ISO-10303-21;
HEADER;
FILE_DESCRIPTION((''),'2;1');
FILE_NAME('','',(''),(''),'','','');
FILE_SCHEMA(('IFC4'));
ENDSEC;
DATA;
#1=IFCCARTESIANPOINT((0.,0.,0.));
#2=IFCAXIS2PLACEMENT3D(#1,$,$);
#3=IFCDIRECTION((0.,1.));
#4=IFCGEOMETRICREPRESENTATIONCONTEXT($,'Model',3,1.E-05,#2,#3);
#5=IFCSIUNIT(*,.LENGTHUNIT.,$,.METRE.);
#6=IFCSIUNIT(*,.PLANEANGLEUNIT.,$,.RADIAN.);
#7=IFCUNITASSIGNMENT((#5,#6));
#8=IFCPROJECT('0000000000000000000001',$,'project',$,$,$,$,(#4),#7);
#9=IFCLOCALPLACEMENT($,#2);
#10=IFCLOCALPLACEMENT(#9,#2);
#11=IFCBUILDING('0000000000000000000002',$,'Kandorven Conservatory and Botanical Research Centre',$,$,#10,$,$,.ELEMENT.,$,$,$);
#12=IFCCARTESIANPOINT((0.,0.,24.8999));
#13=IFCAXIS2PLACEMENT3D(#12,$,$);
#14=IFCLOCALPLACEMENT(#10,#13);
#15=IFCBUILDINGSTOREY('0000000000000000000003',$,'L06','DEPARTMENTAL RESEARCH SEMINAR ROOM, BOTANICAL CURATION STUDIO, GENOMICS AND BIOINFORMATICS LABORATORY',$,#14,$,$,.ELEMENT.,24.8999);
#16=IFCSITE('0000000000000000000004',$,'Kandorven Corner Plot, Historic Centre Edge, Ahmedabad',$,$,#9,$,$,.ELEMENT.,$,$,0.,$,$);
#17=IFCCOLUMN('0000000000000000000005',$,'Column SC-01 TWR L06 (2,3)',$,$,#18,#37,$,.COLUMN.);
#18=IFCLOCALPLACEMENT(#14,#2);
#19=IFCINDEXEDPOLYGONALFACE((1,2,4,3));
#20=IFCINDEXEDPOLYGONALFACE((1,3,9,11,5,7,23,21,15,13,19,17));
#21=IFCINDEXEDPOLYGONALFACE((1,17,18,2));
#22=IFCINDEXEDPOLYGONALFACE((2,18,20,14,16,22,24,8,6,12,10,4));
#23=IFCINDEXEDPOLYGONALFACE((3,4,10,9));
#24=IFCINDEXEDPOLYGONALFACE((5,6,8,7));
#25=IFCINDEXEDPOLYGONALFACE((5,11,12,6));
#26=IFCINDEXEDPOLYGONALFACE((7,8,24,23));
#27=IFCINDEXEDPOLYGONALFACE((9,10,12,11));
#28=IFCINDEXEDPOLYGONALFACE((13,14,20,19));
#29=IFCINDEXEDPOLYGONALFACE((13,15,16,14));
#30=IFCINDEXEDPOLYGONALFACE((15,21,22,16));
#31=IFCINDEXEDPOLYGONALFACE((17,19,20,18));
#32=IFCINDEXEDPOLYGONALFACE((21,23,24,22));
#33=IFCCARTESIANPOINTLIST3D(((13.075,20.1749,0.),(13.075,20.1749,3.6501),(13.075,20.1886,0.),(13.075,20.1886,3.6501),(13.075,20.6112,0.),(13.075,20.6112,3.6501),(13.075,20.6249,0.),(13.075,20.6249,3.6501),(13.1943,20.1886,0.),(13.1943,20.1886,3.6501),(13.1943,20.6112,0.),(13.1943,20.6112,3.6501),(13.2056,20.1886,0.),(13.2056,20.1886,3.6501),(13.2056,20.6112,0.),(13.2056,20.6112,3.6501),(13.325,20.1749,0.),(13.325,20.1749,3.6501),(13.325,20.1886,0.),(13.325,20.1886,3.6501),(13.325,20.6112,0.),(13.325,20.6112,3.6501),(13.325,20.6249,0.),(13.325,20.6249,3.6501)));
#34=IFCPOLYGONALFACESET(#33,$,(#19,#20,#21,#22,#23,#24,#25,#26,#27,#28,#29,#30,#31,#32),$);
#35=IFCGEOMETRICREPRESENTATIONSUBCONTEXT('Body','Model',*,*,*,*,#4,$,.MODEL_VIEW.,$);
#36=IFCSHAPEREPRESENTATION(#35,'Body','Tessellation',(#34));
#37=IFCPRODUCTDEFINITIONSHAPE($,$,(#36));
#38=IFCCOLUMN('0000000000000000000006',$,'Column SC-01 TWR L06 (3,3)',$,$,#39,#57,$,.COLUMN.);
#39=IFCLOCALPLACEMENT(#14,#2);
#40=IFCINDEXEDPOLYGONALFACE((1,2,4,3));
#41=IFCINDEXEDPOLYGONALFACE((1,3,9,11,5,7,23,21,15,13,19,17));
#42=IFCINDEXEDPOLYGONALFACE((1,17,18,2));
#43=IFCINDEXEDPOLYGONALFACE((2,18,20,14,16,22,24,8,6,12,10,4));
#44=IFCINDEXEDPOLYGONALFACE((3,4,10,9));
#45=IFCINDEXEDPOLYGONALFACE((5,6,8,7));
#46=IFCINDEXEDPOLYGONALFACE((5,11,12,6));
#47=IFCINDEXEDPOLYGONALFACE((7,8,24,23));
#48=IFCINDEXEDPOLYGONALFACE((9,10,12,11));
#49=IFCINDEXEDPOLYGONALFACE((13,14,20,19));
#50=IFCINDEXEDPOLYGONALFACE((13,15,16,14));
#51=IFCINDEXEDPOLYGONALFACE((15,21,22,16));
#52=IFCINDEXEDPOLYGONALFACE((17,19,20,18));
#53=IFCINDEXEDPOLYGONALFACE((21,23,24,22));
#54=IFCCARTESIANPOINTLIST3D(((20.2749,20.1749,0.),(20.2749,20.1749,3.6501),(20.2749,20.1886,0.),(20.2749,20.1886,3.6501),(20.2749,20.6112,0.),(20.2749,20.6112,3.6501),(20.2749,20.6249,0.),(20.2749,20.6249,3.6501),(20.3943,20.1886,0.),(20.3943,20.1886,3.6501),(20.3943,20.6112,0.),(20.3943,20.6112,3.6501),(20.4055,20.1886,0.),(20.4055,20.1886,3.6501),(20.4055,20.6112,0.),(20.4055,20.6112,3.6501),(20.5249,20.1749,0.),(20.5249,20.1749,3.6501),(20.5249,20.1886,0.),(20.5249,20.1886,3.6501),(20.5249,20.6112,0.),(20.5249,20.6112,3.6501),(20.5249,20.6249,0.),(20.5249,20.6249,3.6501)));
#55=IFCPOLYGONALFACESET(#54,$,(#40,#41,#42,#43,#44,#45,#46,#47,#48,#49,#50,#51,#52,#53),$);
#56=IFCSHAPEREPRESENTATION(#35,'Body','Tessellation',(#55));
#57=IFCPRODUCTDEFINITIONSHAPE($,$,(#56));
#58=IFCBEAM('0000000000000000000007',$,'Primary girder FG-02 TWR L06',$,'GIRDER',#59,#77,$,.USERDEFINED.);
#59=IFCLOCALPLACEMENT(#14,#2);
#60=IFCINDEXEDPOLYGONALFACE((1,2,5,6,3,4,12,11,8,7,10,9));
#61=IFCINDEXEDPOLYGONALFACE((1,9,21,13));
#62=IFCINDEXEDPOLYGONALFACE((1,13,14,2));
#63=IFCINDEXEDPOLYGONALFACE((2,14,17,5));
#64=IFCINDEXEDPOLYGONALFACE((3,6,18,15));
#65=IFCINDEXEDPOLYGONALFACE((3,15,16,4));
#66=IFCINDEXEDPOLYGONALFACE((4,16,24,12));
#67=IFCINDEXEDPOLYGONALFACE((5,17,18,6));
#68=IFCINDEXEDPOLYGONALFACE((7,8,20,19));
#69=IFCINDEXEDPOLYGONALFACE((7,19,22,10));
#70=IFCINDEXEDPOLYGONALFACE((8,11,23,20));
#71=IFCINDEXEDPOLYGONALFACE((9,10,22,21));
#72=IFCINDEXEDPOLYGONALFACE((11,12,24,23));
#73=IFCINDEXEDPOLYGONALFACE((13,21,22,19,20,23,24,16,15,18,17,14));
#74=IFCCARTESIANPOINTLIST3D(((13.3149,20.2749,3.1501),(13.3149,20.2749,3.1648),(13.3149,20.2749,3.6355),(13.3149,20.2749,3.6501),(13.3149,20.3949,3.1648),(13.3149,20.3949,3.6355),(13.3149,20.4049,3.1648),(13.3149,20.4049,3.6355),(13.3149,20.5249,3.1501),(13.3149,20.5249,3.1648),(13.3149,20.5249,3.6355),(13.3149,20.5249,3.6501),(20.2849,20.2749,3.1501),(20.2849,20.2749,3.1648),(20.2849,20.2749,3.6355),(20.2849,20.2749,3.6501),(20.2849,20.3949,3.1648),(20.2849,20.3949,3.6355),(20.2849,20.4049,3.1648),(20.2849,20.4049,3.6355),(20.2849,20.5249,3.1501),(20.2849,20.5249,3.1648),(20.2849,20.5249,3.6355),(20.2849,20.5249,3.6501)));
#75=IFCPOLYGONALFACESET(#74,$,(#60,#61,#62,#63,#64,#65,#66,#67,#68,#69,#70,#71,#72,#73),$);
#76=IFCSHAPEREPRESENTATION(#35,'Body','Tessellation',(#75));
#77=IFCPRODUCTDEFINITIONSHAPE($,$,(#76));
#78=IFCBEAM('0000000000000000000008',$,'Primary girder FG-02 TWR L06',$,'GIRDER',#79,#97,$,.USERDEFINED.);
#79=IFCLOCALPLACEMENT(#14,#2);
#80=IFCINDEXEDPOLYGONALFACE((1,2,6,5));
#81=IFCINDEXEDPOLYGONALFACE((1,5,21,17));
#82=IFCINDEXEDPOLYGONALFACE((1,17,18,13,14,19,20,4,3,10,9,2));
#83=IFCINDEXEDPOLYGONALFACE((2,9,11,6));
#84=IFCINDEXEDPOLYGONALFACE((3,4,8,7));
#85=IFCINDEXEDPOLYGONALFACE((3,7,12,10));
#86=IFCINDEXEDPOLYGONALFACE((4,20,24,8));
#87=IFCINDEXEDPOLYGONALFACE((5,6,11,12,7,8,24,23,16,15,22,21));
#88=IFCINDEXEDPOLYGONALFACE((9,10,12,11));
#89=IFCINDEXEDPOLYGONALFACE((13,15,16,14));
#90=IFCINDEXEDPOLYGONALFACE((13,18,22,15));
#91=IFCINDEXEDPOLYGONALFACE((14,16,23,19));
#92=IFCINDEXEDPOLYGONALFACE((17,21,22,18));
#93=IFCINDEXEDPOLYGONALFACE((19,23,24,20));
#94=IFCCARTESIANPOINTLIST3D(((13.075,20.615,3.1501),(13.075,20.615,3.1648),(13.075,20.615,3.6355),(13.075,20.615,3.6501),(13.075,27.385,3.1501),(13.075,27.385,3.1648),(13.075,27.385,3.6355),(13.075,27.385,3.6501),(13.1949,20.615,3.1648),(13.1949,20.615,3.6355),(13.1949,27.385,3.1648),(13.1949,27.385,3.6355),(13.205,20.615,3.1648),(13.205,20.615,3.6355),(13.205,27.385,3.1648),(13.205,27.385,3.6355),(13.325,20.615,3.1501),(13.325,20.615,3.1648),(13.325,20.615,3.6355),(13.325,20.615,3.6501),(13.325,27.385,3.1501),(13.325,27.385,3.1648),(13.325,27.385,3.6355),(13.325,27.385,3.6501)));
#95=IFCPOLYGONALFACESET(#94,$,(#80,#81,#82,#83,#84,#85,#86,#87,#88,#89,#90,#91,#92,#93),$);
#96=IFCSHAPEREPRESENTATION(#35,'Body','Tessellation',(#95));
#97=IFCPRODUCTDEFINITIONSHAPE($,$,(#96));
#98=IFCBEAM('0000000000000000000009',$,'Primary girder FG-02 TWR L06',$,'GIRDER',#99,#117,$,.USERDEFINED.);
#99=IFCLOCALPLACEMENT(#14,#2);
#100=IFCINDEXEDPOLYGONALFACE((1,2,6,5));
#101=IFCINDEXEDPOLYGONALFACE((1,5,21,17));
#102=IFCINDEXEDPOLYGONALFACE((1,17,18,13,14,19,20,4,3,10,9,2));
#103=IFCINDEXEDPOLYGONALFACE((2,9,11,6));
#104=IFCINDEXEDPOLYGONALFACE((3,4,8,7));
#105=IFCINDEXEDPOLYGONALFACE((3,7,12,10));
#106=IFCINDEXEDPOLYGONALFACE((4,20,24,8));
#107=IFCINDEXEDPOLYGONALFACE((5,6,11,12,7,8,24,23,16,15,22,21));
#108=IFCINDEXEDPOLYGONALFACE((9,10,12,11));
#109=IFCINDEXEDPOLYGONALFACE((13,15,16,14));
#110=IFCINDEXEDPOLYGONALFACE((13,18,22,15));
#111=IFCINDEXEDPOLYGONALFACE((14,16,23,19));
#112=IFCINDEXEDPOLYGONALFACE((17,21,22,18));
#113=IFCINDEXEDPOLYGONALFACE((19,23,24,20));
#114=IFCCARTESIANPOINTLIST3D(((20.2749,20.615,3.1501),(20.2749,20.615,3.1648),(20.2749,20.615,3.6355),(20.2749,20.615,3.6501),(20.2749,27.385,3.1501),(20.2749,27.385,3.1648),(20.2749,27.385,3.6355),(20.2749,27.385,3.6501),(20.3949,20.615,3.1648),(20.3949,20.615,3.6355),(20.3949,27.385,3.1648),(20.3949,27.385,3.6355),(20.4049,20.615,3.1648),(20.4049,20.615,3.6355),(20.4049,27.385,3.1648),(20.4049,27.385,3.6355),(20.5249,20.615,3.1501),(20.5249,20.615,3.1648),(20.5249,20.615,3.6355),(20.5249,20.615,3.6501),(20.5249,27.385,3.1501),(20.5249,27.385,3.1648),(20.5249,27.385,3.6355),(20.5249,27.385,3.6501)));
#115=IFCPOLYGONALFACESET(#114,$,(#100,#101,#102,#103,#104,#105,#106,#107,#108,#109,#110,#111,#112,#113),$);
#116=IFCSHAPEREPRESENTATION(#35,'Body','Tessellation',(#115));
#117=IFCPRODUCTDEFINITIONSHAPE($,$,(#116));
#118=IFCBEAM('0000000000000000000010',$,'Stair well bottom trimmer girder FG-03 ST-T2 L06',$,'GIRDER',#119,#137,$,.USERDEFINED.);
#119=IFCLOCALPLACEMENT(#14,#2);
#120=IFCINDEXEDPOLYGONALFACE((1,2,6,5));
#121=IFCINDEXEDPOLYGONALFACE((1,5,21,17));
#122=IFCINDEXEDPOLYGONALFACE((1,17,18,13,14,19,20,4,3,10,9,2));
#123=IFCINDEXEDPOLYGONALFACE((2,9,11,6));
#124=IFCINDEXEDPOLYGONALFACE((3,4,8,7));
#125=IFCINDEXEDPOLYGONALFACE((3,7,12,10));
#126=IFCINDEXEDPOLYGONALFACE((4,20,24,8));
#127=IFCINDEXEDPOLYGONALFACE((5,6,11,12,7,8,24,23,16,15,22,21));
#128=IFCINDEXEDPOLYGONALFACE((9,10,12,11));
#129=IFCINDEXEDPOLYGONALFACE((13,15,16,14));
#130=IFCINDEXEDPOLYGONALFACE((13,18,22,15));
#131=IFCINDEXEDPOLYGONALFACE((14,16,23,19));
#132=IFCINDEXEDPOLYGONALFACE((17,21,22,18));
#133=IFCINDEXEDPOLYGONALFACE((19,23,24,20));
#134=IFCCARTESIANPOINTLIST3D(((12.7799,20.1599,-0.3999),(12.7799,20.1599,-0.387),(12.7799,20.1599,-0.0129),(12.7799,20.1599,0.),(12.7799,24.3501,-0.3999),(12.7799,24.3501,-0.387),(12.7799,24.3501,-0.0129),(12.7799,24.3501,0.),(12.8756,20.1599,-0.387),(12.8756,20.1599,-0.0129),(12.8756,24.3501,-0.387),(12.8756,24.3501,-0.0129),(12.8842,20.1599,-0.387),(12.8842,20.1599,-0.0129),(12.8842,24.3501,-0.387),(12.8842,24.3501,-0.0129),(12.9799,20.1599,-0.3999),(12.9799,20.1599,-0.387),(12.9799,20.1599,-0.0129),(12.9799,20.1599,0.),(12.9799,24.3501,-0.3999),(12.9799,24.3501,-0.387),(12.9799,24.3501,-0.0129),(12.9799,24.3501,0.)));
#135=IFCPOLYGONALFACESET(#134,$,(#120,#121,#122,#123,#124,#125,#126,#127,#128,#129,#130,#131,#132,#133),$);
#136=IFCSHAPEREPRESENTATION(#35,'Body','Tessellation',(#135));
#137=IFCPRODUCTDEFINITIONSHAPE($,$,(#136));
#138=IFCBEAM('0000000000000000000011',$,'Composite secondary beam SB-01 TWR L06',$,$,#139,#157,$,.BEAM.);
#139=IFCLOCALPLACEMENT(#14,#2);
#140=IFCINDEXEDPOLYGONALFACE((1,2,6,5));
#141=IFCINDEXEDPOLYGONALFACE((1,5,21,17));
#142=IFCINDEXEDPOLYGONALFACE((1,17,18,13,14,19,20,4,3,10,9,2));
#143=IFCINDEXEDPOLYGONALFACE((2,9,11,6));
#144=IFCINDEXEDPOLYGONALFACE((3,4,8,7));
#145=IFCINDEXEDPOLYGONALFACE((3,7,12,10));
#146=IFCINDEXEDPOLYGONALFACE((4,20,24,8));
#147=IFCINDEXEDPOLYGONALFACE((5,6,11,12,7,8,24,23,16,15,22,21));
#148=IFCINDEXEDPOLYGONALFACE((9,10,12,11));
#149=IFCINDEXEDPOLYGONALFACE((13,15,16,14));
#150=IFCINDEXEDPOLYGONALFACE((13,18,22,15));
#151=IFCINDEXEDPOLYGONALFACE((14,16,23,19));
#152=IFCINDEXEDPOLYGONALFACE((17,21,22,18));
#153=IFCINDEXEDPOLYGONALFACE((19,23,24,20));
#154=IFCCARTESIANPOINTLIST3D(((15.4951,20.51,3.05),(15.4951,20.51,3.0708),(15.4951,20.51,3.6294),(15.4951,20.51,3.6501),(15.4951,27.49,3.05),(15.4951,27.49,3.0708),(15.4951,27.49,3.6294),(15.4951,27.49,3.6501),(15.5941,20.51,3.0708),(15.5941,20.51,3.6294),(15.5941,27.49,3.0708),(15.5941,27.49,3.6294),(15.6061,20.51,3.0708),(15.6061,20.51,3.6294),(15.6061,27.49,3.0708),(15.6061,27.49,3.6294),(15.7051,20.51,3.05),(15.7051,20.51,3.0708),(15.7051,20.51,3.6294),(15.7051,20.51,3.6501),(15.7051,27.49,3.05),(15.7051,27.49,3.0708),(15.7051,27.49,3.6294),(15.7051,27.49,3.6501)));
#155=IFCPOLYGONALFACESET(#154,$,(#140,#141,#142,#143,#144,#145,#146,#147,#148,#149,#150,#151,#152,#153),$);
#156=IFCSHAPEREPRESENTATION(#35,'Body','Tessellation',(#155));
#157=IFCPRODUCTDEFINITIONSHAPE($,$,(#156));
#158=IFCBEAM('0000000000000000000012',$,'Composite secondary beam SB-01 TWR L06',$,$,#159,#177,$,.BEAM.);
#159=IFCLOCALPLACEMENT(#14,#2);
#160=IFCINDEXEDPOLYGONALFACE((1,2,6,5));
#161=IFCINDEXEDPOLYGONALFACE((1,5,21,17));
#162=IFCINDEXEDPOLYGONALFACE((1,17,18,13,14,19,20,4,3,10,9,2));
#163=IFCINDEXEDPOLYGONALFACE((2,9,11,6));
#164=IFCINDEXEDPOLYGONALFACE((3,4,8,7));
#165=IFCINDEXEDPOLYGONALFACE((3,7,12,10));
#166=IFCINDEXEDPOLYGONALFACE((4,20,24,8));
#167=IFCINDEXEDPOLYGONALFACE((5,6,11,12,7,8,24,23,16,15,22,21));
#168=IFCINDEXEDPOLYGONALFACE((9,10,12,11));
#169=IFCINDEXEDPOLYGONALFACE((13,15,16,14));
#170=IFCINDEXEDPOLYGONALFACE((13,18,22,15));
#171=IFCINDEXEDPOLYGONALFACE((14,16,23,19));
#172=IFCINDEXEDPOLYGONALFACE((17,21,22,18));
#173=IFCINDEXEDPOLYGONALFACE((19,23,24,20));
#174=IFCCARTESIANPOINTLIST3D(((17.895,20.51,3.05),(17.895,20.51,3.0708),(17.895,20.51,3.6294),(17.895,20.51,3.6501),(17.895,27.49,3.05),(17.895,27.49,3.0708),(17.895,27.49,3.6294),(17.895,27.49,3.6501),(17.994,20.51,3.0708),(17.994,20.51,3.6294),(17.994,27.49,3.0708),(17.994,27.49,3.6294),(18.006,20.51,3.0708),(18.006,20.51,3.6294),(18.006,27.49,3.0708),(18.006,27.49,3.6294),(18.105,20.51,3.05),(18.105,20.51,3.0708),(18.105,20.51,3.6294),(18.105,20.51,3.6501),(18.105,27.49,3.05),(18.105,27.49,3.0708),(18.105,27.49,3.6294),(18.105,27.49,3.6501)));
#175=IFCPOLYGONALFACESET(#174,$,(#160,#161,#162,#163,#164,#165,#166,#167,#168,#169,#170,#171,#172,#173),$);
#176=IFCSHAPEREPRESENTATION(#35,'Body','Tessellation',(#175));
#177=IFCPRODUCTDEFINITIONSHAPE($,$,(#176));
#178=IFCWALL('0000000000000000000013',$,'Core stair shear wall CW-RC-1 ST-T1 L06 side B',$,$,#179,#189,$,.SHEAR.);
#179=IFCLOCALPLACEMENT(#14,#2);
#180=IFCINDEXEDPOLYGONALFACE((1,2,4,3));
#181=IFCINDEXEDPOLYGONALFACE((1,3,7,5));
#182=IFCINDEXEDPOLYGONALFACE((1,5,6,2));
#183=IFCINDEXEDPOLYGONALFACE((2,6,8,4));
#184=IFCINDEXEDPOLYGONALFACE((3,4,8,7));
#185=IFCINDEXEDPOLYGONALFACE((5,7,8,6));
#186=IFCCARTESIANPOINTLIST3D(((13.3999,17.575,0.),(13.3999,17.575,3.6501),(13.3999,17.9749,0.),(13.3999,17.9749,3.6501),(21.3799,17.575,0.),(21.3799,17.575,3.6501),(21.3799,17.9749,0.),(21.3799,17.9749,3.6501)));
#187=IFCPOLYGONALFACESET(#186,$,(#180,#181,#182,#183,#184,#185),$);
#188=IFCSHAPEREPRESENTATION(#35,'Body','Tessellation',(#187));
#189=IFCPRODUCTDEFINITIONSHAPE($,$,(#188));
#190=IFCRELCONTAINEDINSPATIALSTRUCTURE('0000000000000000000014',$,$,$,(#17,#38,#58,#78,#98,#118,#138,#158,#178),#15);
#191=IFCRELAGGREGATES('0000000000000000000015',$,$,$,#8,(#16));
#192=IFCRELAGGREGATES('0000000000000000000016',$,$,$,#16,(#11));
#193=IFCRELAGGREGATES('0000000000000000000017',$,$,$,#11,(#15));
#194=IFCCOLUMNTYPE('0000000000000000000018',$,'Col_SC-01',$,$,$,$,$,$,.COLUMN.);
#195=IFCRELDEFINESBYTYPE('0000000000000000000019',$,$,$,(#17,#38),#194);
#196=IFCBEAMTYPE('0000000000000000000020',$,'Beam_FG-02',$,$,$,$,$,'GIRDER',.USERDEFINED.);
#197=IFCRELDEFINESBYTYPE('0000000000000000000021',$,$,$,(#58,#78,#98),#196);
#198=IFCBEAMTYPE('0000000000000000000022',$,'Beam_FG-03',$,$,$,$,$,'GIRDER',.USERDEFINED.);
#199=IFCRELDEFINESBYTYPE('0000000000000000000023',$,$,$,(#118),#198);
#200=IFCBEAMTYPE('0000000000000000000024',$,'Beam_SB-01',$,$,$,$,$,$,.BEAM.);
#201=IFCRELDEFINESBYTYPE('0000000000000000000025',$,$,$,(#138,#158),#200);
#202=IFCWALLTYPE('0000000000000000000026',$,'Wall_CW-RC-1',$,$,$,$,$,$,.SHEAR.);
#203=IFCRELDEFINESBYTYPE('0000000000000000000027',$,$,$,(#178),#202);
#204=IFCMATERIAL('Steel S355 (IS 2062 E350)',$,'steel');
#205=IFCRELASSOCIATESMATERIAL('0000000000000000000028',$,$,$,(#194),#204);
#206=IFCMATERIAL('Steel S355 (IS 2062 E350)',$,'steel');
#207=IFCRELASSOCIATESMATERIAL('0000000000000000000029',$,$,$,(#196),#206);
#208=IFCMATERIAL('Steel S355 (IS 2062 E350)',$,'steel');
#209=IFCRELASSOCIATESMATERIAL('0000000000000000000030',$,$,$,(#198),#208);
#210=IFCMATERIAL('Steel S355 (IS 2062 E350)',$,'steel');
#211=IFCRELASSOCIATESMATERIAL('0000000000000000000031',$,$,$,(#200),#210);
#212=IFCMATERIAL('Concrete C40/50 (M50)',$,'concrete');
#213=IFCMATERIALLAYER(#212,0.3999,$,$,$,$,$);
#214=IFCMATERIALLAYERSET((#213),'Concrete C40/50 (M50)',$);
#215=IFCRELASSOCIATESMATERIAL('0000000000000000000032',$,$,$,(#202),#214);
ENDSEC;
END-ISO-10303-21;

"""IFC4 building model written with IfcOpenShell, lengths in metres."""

from ifc_helpers import new_model, si_unit, direction, frame, frame_2d, origin, origin_2d, place, context, subcontext, project, spatial, rectangle, i_section, extrude, material, layer, layer_set, material_profile, profile_set, type_object, element, save


model = new_model("IFC4")

# Units and contexts
model_context = context("Model", 3, precision=1e-05, world=origin(), true_north=direction((0.0, 1.0)))
body_context = subcontext(model_context, "Body", "Model", "MODEL_VIEW")
ifc_project = project(units=[si_unit("LENGTHUNIT", "METRE"), si_unit("PLANEANGLEUNIT", "RADIAN")], contexts=[model_context])

# Site, building, storey
site_placement = place(None, origin())
site = spatial("IfcSite", under=ifc_project, at=site_placement, Name="Kandorven Corner Plot, Historic Centre Edge, Ahmedabad", CompositionType="ELEMENT", RefElevation=0.0)
building_placement = place(site_placement, origin())
building = spatial("IfcBuilding", under=site, at=building_placement, Name="Kandorven Conservatory and Botanical Research Centre", CompositionType="ELEMENT")
storey_placement = place(building_placement, frame((0.0, 0.0, 24.8999)))
storey = spatial("IfcBuildingStorey", under=building, at=storey_placement, Name="L06", Description="DEPARTMENTAL RESEARCH SEMINAR ROOM, BOTANICAL CURATION STUDIO, GENOMICS AND BIOINFORMATICS LABORATORY", CompositionType="ELEMENT", Elevation=24.8999)

# Columns
ifc_material_1 = material(Name="Steel S355 (IS 2062 E350)", Category="steel")
ifc_material_profile_1 = material_profile(ifc_material_1, i_section(OverallWidth=0.25, OverallDepth=0.45, WebThickness=0.0112, FlangeThickness=0.0137, at=origin_2d()))
ifc_profile_set_1 = profile_set([ifc_material_profile_1], Name="Steel S355 (IS 2062 E350)")
column_type = type_object("IfcColumnType", Name="Col_SC-01", PredefinedType="COLUMN", material=ifc_profile_set_1)
for number, where, z_axis, x_axis, name in (
    (1, (13.2, 20.3999, 0.0), (0.0, 0.0, 1.0), (1.0, 0.0, 0.0), "Column SC-01 TWR L06 (2,3)"),
    (2, (20.3999, 20.3999, 0.0), (0.0, 0.0, 1.0), (1.0, 0.0, 0.0), "Column SC-01 TWR L06 (3,3)"),
):
    element("IfcColumn", number, at=place(storey_placement, frame(where, z_axis=z_axis, x_axis=x_axis)), inside=storey, type_object=column_type, Name=name, PredefinedType="COLUMN", context=body_context, shape_type="SweptSolid", body=[
        extrude(i_section(OverallWidth=0.25, OverallDepth=0.45, WebThickness=0.0112, FlangeThickness=0.0137, at=origin_2d()), origin(), (0.0, 0.0, 1.0), 3.6501),
    ])

# Beams
ifc_material_2 = material(Name="Steel S355 (IS 2062 E350)", Category="steel")
ifc_material_profile_2 = material_profile(ifc_material_2, i_section(OverallWidth=0.25, OverallDepth=0.5, WebThickness=0.01, FlangeThickness=0.0146, at=origin_2d()))
ifc_profile_set_2 = profile_set([ifc_material_profile_2], Name="Steel S355 (IS 2062 E350)")
beam_type_1 = type_object("IfcBeamType", Name="Beam_FG-02", ElementType="GIRDER", PredefinedType="USERDEFINED", material=ifc_profile_set_2)
beam_1_placement = place(storey_placement, frame((13.3149, 20.3999, 3.4001), z_axis=(1.0, 0.0, 0.0), x_axis=(0.0, 1.0, 0.0)))
element("IfcBeam", 3, at=beam_1_placement, inside=storey, type_object=beam_type_1, Name="Primary girder FG-02 TWR L06", ObjectType="GIRDER", PredefinedType="USERDEFINED", context=body_context, shape_type="SweptSolid", body=[
    extrude(i_section(OverallWidth=0.25, OverallDepth=0.5, WebThickness=0.01, FlangeThickness=0.0146, at=origin_2d()), origin(), (0.0, 0.0, 1.0), 6.97),
])
for number, where, z_axis, x_axis, name in (
    (4, (13.2, 20.615, 3.4001), (0.0, 1.0, 0.0), (-1.0, 0.0, 0.0), "Primary girder FG-02 TWR L06"),
    (5, (20.3999, 20.615, 3.4001), (0.0, 1.0, 0.0), (-1.0, 0.0, 0.0), "Primary girder FG-02 TWR L06"),
):
    element("IfcBeam", number, at=place(storey_placement, frame(where, z_axis=z_axis, x_axis=x_axis)), inside=storey, type_object=beam_type_1, Name=name, ObjectType="GIRDER", PredefinedType="USERDEFINED", context=body_context, shape_type="SweptSolid", body=[
        extrude(i_section(OverallWidth=0.25, OverallDepth=0.5, WebThickness=0.01, FlangeThickness=0.0146, at=origin_2d()), origin(), (0.0, 0.0, 1.0), 6.77),
    ])
ifc_material_3 = material(Name="Steel S355 (IS 2062 E350)", Category="steel")
ifc_material_profile_3 = material_profile(ifc_material_3, i_section(OverallWidth=0.2, OverallDepth=0.3999, WebThickness=0.0085, FlangeThickness=0.0129, at=origin_2d()))
ifc_profile_set_3 = profile_set([ifc_material_profile_3], Name="Steel S355 (IS 2062 E350)")
beam_type_2 = type_object("IfcBeamType", Name="Beam_FG-03", ElementType="GIRDER", PredefinedType="USERDEFINED", material=ifc_profile_set_3)
beam_2_placement = place(storey_placement, frame((12.8799, 24.3501, -0.2), z_axis=(0.0, -1.0, 0.0), x_axis=(1.0, 0.0, 0.0)))
element("IfcBeam", 6, at=beam_2_placement, inside=storey, type_object=beam_type_2, Name="Stair well bottom trimmer girder FG-03 ST-T2 L06", ObjectType="GIRDER", PredefinedType="USERDEFINED", context=body_context, shape_type="SweptSolid", body=[
    extrude(i_section(OverallWidth=0.2, OverallDepth=0.3999, WebThickness=0.0085, FlangeThickness=0.0129, at=origin_2d()), origin(), (0.0, 0.0, 1.0), 4.1902),
])
ifc_material_4 = material(Name="Steel S355 (IS 2062 E350)", Category="steel")
ifc_material_profile_4 = material_profile(ifc_material_4, i_section(OverallWidth=0.21, OverallDepth=0.6001, WebThickness=0.012, FlangeThickness=0.0208, at=origin_2d()))
ifc_profile_set_4 = profile_set([ifc_material_profile_4], Name="Steel S355 (IS 2062 E350)")
beam_type_3 = type_object("IfcBeamType", Name="Beam_SB-01", PredefinedType="BEAM", material=ifc_profile_set_4)
for number, where, z_axis, x_axis, name in (
    (7, (15.6001, 20.51, 3.3501), (0.0, 1.0, 0.0), (-1.0, 0.0, 0.0), "Composite secondary beam SB-01 TWR L06"),
    (8, (18.0, 20.51, 3.3501), (0.0, 1.0, 0.0), (-1.0, 0.0, 0.0), "Composite secondary beam SB-01 TWR L06"),
):
    element("IfcBeam", number, at=place(storey_placement, frame(where, z_axis=z_axis, x_axis=x_axis)), inside=storey, type_object=beam_type_3, Name=name, PredefinedType="BEAM", context=body_context, shape_type="SweptSolid", body=[
        extrude(i_section(OverallWidth=0.21, OverallDepth=0.6001, WebThickness=0.012, FlangeThickness=0.0208, at=origin_2d()), origin(), (0.0, 0.0, 1.0), 6.98),
    ])

# Wall
ifc_material_5 = material(Name="Concrete C40/50 (M50)", Category="concrete")
ifc_layer_1 = layer(ifc_material_5, 0.3999)
ifc_layer_set_1 = layer_set([ifc_layer_1], Name="Concrete C40/50 (M50)")
wall_type_1 = type_object("IfcWallType", Name="Wall_CW-RC-1", PredefinedType="SHEAR", material=ifc_layer_set_1)
for number, where, z_axis, x_axis, name in (
    (9, (13.3999, 17.7749, 0.0), (0.0, 0.0, 1.0), (1.0, 0.0, 0.0), "Core stair shear wall CW-RC-1 ST-T1 L06 side B"),
):
    element("IfcWall", number, at=place(storey_placement, frame(where, z_axis=z_axis, x_axis=x_axis)), inside=storey, type_object=wall_type_1, Name=name, PredefinedType="SHEAR", context=body_context, shape_type="SweptSolid", body=[
        extrude(rectangle(XDim=7.98, YDim=0.3999, at=frame_2d((3.99, 0.0))), origin(), (0.0, 0.0, 1.0), 3.6501),
    ])

save(model, "model.ifc")
